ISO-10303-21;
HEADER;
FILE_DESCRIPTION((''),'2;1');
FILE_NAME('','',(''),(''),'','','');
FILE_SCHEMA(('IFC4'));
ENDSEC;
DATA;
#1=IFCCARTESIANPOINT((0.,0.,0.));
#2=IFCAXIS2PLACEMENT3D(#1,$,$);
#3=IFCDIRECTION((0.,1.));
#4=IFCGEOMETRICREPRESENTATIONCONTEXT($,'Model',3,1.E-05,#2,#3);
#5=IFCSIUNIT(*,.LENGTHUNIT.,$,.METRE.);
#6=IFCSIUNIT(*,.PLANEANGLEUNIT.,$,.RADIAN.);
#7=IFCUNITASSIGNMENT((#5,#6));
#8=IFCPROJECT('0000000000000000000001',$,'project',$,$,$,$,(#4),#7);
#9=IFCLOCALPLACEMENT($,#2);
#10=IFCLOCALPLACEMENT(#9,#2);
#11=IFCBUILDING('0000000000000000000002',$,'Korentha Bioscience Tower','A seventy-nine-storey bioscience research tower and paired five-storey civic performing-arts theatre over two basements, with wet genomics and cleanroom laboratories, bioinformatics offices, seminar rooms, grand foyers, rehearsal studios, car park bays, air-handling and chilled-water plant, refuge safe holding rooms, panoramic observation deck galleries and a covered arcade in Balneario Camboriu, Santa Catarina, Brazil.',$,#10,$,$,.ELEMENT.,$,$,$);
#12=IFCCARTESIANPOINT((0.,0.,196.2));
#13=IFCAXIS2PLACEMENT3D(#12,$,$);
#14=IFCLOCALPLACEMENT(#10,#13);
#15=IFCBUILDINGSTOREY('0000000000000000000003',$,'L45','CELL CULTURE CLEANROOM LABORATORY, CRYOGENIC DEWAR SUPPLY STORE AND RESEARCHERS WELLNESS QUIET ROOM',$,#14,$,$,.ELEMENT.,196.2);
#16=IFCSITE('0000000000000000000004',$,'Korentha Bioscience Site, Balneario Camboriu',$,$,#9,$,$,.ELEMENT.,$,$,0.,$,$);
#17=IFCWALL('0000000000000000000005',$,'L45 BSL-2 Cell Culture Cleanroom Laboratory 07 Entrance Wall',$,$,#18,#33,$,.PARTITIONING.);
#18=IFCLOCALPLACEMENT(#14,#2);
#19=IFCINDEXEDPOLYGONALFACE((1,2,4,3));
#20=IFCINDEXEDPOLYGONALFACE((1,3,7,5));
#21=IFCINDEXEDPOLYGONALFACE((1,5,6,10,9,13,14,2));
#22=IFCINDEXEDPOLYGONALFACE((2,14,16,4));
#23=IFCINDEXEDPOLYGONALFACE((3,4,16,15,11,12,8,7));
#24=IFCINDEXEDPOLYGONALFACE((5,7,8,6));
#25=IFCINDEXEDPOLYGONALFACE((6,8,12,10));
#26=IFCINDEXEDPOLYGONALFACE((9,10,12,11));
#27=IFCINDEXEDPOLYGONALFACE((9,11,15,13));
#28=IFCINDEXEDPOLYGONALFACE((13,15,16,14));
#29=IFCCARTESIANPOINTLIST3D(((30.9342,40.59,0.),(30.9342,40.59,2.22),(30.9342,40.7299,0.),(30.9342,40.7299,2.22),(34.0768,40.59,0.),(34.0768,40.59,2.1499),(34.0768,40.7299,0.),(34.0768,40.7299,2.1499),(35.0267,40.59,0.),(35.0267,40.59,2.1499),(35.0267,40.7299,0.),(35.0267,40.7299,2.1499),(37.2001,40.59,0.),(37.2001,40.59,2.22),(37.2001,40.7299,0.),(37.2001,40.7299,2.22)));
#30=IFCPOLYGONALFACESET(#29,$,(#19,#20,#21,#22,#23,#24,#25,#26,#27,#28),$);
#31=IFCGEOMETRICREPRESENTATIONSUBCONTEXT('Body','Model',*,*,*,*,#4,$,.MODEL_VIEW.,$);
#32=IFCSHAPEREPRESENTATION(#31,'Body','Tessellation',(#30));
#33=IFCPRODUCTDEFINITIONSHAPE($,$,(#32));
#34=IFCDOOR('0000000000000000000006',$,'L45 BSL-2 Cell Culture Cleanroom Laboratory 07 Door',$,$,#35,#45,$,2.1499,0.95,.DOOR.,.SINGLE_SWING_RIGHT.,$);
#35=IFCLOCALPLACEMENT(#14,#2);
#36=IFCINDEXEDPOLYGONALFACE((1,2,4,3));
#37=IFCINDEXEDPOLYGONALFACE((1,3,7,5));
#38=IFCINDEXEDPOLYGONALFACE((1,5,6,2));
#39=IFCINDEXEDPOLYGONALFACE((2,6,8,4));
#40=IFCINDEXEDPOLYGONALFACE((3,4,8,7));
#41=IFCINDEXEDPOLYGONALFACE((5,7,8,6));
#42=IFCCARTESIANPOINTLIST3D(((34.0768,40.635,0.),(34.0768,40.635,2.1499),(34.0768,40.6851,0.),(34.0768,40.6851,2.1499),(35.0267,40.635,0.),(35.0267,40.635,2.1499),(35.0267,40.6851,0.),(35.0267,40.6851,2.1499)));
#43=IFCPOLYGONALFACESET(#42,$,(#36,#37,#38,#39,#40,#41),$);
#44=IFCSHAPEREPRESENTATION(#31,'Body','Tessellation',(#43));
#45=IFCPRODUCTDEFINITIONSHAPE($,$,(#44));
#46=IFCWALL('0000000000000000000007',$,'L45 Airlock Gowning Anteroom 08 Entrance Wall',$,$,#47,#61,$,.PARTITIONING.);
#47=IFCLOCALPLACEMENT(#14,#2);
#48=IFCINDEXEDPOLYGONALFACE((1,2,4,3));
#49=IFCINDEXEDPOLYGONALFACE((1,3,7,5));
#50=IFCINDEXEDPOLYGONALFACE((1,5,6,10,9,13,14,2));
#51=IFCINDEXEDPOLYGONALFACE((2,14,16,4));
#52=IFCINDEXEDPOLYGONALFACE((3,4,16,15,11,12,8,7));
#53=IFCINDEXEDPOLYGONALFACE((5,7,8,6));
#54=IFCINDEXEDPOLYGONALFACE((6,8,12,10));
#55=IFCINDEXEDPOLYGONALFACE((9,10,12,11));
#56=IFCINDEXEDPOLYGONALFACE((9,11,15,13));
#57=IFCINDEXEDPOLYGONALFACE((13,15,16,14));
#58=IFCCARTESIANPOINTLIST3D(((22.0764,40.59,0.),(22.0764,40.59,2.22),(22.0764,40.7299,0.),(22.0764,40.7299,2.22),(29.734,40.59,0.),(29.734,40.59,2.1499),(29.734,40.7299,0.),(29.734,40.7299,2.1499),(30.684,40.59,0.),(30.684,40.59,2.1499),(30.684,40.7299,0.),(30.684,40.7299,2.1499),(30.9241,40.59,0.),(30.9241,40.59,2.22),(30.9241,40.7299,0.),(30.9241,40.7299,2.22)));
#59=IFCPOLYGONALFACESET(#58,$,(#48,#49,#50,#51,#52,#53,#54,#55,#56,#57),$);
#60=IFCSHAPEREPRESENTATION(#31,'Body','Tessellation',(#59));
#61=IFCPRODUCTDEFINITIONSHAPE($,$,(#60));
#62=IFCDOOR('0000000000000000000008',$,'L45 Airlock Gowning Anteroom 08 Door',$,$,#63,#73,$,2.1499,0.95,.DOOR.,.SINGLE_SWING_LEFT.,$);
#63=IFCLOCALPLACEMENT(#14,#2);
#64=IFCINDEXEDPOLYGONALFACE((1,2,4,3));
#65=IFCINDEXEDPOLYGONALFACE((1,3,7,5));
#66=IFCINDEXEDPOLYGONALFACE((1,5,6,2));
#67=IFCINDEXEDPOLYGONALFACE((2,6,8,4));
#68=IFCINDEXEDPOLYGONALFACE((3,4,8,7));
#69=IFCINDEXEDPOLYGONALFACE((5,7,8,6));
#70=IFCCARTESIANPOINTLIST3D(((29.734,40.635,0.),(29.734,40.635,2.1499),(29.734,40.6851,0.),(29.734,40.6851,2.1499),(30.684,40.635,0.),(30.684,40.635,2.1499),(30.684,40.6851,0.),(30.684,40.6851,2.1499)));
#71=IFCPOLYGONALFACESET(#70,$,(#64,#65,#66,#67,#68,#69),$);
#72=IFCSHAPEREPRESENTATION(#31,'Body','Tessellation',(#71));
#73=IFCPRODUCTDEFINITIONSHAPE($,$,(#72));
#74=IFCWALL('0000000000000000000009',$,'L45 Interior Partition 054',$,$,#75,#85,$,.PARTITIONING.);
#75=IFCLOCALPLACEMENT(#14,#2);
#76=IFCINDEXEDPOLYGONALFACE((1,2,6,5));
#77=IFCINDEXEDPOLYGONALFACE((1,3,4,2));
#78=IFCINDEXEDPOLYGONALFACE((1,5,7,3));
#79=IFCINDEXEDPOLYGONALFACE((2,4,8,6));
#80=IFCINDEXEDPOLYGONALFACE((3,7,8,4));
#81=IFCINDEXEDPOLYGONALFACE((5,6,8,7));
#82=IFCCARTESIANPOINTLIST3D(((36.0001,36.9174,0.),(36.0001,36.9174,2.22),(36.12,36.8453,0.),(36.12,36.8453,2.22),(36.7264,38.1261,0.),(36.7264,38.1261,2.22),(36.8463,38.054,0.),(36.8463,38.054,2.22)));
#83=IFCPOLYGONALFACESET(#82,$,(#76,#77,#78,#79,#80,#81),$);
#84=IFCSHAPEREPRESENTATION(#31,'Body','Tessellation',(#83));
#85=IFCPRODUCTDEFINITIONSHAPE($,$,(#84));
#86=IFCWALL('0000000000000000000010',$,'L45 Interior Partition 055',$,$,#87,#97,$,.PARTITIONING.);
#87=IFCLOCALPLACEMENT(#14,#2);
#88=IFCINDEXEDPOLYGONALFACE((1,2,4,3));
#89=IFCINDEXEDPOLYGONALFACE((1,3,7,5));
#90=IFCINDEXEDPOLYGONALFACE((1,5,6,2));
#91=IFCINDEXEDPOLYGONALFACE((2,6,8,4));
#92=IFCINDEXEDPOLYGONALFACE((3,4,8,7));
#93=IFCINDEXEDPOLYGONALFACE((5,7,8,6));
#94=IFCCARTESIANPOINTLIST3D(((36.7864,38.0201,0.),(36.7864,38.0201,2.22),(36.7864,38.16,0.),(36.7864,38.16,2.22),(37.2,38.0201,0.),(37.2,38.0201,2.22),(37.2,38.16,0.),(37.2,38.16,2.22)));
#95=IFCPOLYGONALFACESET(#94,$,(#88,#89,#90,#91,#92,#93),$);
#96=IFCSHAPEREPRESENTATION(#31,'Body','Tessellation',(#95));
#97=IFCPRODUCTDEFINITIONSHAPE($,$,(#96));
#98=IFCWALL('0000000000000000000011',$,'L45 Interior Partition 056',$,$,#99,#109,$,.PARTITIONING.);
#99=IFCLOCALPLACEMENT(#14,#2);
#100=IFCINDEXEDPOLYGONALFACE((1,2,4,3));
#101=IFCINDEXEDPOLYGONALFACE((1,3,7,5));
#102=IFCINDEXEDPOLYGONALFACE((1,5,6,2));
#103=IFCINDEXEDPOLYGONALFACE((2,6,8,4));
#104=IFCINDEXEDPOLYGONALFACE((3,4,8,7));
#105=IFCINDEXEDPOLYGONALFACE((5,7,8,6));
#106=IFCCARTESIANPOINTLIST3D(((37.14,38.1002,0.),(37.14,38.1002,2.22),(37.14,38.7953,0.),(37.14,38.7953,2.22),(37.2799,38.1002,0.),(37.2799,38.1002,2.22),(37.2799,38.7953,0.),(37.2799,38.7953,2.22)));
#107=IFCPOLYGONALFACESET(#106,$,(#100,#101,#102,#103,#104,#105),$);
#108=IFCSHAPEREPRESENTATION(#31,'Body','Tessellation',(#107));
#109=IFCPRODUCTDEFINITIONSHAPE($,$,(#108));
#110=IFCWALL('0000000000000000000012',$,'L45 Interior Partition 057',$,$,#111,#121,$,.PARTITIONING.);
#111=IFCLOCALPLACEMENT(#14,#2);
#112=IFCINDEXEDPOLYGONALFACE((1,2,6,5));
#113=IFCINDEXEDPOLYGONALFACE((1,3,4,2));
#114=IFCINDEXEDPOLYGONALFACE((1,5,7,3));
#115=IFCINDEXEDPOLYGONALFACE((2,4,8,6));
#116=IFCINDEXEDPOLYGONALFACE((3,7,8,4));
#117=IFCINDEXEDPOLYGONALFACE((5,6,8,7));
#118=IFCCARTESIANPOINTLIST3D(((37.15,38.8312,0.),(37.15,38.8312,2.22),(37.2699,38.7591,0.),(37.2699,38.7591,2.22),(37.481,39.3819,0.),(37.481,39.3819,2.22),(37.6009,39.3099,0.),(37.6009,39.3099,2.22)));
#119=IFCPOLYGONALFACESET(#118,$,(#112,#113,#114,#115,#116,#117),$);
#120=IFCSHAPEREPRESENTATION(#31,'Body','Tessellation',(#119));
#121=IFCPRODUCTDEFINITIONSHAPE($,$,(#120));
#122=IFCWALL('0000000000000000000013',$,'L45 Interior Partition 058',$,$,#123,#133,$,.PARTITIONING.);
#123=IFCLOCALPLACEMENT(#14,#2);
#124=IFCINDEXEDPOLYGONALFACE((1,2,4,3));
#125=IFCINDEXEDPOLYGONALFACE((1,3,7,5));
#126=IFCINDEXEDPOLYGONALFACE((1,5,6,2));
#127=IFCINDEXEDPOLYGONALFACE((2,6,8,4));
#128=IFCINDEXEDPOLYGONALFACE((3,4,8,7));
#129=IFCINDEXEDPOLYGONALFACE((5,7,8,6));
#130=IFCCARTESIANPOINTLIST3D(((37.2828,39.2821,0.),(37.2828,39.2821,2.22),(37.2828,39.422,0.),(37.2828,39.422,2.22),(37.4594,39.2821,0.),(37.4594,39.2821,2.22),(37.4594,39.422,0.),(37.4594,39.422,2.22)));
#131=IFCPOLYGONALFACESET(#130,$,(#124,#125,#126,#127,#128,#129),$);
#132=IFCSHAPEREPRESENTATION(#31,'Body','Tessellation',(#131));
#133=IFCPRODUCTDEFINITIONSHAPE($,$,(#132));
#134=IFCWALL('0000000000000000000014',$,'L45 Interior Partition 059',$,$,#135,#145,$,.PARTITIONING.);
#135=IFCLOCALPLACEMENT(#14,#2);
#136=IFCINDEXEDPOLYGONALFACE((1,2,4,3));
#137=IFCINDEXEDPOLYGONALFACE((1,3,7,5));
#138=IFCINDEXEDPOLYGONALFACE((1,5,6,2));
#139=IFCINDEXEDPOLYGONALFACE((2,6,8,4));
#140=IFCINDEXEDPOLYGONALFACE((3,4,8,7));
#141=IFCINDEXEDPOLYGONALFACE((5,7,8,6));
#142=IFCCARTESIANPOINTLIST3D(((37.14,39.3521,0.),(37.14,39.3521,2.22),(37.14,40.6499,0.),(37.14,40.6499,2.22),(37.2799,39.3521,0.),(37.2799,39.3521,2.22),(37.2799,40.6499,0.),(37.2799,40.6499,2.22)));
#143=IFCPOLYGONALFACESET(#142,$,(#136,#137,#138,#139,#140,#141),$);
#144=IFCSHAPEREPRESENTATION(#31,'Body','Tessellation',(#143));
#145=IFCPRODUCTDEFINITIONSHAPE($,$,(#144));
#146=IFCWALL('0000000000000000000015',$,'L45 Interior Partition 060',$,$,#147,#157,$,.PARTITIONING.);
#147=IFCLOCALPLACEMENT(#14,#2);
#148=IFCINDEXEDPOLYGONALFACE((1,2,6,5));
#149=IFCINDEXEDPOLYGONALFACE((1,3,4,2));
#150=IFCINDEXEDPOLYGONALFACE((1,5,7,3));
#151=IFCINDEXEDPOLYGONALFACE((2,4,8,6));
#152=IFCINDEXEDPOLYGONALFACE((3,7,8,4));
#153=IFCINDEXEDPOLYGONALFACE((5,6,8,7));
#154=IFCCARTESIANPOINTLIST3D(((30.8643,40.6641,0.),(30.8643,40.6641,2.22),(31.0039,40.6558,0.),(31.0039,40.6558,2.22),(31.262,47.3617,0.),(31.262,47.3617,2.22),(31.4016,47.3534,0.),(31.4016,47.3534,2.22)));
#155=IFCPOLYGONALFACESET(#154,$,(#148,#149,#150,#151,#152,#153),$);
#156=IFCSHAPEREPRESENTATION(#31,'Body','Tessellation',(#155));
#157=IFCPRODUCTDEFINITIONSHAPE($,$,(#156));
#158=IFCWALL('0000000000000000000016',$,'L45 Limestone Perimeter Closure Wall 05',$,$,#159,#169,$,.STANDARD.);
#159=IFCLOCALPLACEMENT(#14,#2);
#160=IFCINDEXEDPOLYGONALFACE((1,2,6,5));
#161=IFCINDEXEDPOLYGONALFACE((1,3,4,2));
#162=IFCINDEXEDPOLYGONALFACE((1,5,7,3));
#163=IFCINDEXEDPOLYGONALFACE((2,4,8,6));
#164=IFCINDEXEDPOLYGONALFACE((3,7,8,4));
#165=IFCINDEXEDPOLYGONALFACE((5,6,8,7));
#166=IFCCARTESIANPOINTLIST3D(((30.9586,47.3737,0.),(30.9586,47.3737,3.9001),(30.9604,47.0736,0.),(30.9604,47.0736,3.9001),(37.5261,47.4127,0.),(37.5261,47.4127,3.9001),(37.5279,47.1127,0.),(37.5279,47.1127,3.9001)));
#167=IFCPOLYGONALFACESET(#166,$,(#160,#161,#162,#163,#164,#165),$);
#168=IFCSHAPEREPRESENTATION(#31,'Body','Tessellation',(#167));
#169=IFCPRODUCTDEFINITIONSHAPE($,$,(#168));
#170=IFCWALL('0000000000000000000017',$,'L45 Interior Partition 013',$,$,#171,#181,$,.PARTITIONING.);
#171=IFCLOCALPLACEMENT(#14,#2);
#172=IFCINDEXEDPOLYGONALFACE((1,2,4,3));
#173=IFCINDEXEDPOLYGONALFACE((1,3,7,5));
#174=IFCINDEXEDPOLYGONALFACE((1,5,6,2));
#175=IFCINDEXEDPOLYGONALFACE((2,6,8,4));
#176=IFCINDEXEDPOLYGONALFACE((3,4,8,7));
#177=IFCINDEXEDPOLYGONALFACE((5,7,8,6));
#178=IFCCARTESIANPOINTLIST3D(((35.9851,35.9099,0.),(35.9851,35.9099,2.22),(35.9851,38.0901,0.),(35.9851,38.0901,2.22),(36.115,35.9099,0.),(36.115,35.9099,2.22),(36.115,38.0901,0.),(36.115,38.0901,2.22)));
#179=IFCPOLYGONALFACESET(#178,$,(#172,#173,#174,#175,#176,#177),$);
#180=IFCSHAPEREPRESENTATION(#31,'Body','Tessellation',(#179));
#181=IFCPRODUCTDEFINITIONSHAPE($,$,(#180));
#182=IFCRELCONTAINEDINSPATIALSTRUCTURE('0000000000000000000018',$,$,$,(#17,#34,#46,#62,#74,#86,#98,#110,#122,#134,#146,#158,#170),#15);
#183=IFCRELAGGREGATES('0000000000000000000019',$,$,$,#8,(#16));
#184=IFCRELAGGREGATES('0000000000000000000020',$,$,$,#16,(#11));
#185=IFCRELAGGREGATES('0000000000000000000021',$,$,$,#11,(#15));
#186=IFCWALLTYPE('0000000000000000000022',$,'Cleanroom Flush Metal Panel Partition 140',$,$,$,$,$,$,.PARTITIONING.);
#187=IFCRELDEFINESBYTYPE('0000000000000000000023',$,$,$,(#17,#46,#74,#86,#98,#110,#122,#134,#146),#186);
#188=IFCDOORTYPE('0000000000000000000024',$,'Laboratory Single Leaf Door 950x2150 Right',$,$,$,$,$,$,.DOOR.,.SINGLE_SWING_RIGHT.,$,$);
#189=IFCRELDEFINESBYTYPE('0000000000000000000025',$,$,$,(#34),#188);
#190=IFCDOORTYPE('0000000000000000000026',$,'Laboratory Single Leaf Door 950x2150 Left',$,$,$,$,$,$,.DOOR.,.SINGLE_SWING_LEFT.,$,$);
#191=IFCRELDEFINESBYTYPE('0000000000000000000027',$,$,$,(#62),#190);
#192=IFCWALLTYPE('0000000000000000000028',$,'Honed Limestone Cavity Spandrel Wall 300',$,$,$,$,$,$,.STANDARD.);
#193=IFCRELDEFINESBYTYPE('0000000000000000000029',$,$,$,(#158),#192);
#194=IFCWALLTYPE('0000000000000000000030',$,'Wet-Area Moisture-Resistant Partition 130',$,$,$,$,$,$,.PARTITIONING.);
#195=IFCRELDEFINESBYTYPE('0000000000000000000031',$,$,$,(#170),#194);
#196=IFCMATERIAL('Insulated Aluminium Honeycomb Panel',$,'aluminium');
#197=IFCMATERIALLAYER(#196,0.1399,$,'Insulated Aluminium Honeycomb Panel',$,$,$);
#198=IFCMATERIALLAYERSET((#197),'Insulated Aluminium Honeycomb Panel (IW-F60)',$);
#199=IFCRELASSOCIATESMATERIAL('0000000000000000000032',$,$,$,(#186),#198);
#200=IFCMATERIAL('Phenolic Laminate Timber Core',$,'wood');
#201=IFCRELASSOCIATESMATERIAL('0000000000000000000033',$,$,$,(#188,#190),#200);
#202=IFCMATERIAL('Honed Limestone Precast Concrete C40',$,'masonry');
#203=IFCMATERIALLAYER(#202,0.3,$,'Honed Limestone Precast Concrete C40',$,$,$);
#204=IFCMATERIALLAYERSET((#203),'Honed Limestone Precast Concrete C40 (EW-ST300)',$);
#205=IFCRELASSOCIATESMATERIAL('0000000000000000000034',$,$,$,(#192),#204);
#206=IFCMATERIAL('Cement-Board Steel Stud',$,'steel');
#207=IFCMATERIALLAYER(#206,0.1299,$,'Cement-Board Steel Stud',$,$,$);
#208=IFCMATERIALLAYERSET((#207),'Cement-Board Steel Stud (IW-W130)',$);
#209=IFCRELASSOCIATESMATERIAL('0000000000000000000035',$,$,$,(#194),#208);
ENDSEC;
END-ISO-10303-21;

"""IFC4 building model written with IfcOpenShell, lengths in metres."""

from ifc_helpers import new_model, si_unit, direction, frame, frame_2d, origin, place, context, subcontext, project, spatial, rectangle, extrude, material, layer, layer_set, type_object, element, fill, save


model = new_model("IFC4")

# Units and contexts
model_context = context("Model", 3, precision=1e-05, world=origin(), true_north=direction((0.0, 1.0)))
body_context = subcontext(model_context, "Body", "Model", "MODEL_VIEW")
ifc_project = project(units=[si_unit("LENGTHUNIT", "METRE"), si_unit("PLANEANGLEUNIT", "RADIAN")], contexts=[model_context])

# Site, building, storey
site_placement = place(None, origin())
site = spatial("IfcSite", under=ifc_project, at=site_placement, Name="Korentha Bioscience Site, Balneario Camboriu", CompositionType="ELEMENT", RefElevation=0.0)
building_placement = place(site_placement, origin())
building = spatial("IfcBuilding", under=site, at=building_placement, Name="Korentha Bioscience Tower", Description="A seventy-nine-storey bioscience research tower and paired five-storey civic performing-arts theatre over two basements, with wet genomics and cleanroom laboratories, bioinformatics offices, seminar rooms, grand foyers, rehearsal studios, car park bays, air-handling and chilled-water plant, refuge safe holding rooms, panoramic observation deck galleries and a covered arcade in Balneario Camboriu, Santa Catarina, Brazil.", CompositionType="ELEMENT")
storey_placement = place(building_placement, frame((0.0, 0.0, 196.2)))
storey = spatial("IfcBuildingStorey", under=building, at=storey_placement, Name="L45", Description="CELL CULTURE CLEANROOM LABORATORY, CRYOGENIC DEWAR SUPPLY STORE AND RESEARCHERS WELLNESS QUIET ROOM", CompositionType="ELEMENT", Elevation=196.2)

# Walls, openings, doors
ifc_material_1 = material(Name="Insulated Aluminium Honeycomb Panel", Category="aluminium")
ifc_layer_1 = layer(ifc_material_1, 0.1399, Name="Insulated Aluminium Honeycomb Panel")
ifc_layer_set_1 = layer_set([ifc_layer_1], Name="Insulated Aluminium Honeycomb Panel (IW-F60)")
wall_type_1 = type_object("IfcWallType", Name="Cleanroom Flush Metal Panel Partition 140", PredefinedType="PARTITIONING", material=ifc_layer_set_1)
wall_1_placement = place(storey_placement, frame((37.2, 40.6599, 0.0), z_axis=(0.0, 0.0, 1.0), x_axis=(-1.0, 0.0, 0.0)))
wall_1 = element("IfcWall", 1, at=wall_1_placement, inside=storey, type_object=wall_type_1, Name="L45 BSL-2 Cell Culture Cleanroom Laboratory 07 Entrance Wall", PredefinedType="PARTITIONING", context=body_context, shape_type="SweptSolid", body=[
    extrude(rectangle(XDim=6.2659, YDim=0.1399, at=frame_2d((3.1328, 0.0))), origin(), (0.0, 0.0, 1.0), 2.22),
])
opening_1_placement = place(wall_1_placement, frame((2.1731, 0.0, 0.0)))
opening_1 = element("IfcOpeningElement", 2, at=opening_1_placement, cuts=wall_1, PredefinedType="OPENING", context=body_context, shape_type="SweptSolid", body=[
    extrude(rectangle(XDim=0.95, YDim=2.1499, at=frame_2d((0.4751, 1.075))), frame((0.0, 0.085, 0.0), z_axis=(0.0, -1.0, 0.0), x_axis=(1.0, 0.0, 0.0)), (0.0, 0.0, 1.0), 0.1697),
])
ifc_material_2 = material(Name="Phenolic Laminate Timber Core", Category="wood")
door_type_1 = type_object("IfcDoorType", Name="Laboratory Single Leaf Door 950x2150 Right", OperationType="SINGLE_SWING_RIGHT", PredefinedType="DOOR", material=ifc_material_2)
door_1_placement = place(opening_1_placement, origin())
door_1 = element("IfcDoor", 3, at=door_1_placement, inside=storey, type_object=door_type_1, Name="L45 BSL-2 Cell Culture Cleanroom Laboratory 07 Door", OperationType="SINGLE_SWING_RIGHT", OverallHeight=2.1499, OverallWidth=0.95, PredefinedType="DOOR", context=body_context, shape_type="SweptSolid", body=[
    extrude(rectangle(XDim=0.95, YDim=2.1499, at=frame_2d((0.4751, 1.075))), frame((0.0, 0.0249, 0.0), z_axis=(0.0, -1.0, 0.0), x_axis=(1.0, 0.0, 0.0)), (0.0, 0.0, 1.0), 0.05),
])
fill(opening_1, door_1)
wall_2_placement = place(storey_placement, frame((30.9241, 40.6599, 0.0), z_axis=(0.0, 0.0, 1.0), x_axis=(-1.0, 0.0, 0.0)))
wall_2 = element("IfcWall", 4, at=wall_2_placement, inside=storey, type_object=wall_type_1, Name="L45 Airlock Gowning Anteroom 08 Entrance Wall", PredefinedType="PARTITIONING", context=body_context, shape_type="SweptSolid", body=[
    extrude(rectangle(XDim=8.8477, YDim=0.1399, at=frame_2d((4.4238, 0.0))), origin(), (0.0, 0.0, 1.0), 2.22),
])
opening_2_placement = place(wall_2_placement, frame((0.24, 0.0, 0.0)))
opening_2 = element("IfcOpeningElement", 5, at=opening_2_placement, cuts=wall_2, PredefinedType="OPENING", context=body_context, shape_type="SweptSolid", body=[
    extrude(rectangle(XDim=0.95, YDim=2.1499, at=frame_2d((0.4751, 1.075))), frame((0.0, 0.085, 0.0), z_axis=(0.0, -1.0, 0.0), x_axis=(1.0, 0.0, 0.0)), (0.0, 0.0, 1.0), 0.1697),
])
door_type_2 = type_object("IfcDoorType", Name="Laboratory Single Leaf Door 950x2150 Left", OperationType="SINGLE_SWING_LEFT", PredefinedType="DOOR", material=ifc_material_2)
door_2_placement = place(opening_2_placement, origin())
door_2 = element("IfcDoor", 6, at=door_2_placement, inside=storey, type_object=door_type_2, Name="L45 Airlock Gowning Anteroom 08 Door", OperationType="SINGLE_SWING_LEFT", OverallHeight=2.1499, OverallWidth=0.95, PredefinedType="DOOR", context=body_context, shape_type="SweptSolid", body=[
    extrude(rectangle(XDim=0.95, YDim=2.1499, at=frame_2d((0.4751, 1.075))), frame((0.0, 0.0249, 0.0), z_axis=(0.0, -1.0, 0.0), x_axis=(1.0, 0.0, 0.0)), (0.0, 0.0, 1.0), 0.05),
])
fill(opening_2, door_2)

# Walls
wall_3_placement = place(storey_placement, frame((36.0601, 36.8813, 0.0), z_axis=(0.0, 0.0, 1.0), x_axis=(0.515056, 0.857157, 0.0)))
element("IfcWall", 7, at=wall_3_placement, inside=storey, type_object=wall_type_1, Name="L45 Interior Partition 054", PredefinedType="PARTITIONING", context=body_context, shape_type="SweptSolid", body=[
    extrude(rectangle(XDim=1.4102, YDim=0.1399, at=frame_2d((0.7051, 0.0))), origin(), (0.0, 0.0, 1.0), 2.22),
])
wall_4_placement = place(storey_placement, frame((36.7864, 38.0901, 0.0), z_axis=(0.0, 0.0, 1.0), x_axis=(1.0, 0.0, 0.0)))
element("IfcWall", 8, at=wall_4_placement, inside=storey, type_object=wall_type_1, Name="L45 Interior Partition 055", PredefinedType="PARTITIONING", context=body_context, shape_type="SweptSolid", body=[
    extrude(rectangle(XDim=0.4136, YDim=0.1399, at=frame_2d((0.2068, 0.0))), origin(), (0.0, 0.0, 1.0), 2.22),
])
wall_5_placement = place(storey_placement, frame((37.21, 38.1001, 0.0), z_axis=(0.0, 0.0, 1.0), x_axis=(0.0, 1.0, 0.0)))
element("IfcWall", 9, at=wall_5_placement, inside=storey, type_object=wall_type_1, Name="L45 Interior Partition 056", PredefinedType="PARTITIONING", context=body_context, shape_type="SweptSolid", body=[
    extrude(rectangle(XDim=0.6951, YDim=0.1399, at=frame_2d((0.3477, 0.0))), origin(), (0.0, 0.0, 1.0), 2.22),
])
wall_6_placement = place(storey_placement, frame((37.21, 38.7952, 0.0), z_axis=(0.0, 0.0, 1.0), x_axis=(0.515166, 0.85709, 0.0)))
element("IfcWall", 10, at=wall_6_placement, inside=storey, type_object=wall_type_1, Name="L45 Interior Partition 057", PredefinedType="PARTITIONING", context=body_context, shape_type="SweptSolid", body=[
    extrude(rectangle(XDim=0.6426, YDim=0.1399, at=frame_2d((0.3213, 0.0))), origin(), (0.0, 0.0, 1.0), 2.22),
])
wall_7_placement = place(storey_placement, frame((37.4595, 39.3521, 0.0), z_axis=(0.0, 0.0, 1.0), x_axis=(-1.0, 0.0, 0.0)))
element("IfcWall", 11, at=wall_7_placement, inside=storey, type_object=wall_type_1, Name="L45 Interior Partition 058", PredefinedType="PARTITIONING", context=body_context, shape_type="SweptSolid", body=[
    extrude(rectangle(XDim=0.1765, YDim=0.1399, at=frame_2d((0.0884, 0.0))), origin(), (0.0, 0.0, 1.0), 2.22),
])
wall_8_placement = place(storey_placement, frame((37.21, 39.3521, 0.0), z_axis=(0.0, 0.0, 1.0), x_axis=(0.0, 1.0, 0.0)))
element("IfcWall", 12, at=wall_8_placement, inside=storey, type_object=wall_type_1, Name="L45 Interior Partition 059", PredefinedType="PARTITIONING", context=body_context, shape_type="SweptSolid", body=[
    extrude(rectangle(XDim=1.2979, YDim=0.1399, at=frame_2d((0.6489, 0.0))), origin(), (0.0, 0.0, 1.0), 2.22),
])
wall_9_placement = place(storey_placement, frame((30.9341, 40.6599, 0.0), z_axis=(0.0, 0.0, 1.0), x_axis=(0.059274, 0.998242, 0.0)))
element("IfcWall", 13, at=wall_9_placement, inside=storey, type_object=wall_type_1, Name="L45 Interior Partition 060", PredefinedType="PARTITIONING", context=body_context, shape_type="SweptSolid", body=[
    extrude(rectangle(XDim=6.7095, YDim=0.1399, at=frame_2d((3.3547, 0.0))), origin(), (0.0, 0.0, 1.0), 2.22),
])
ifc_material_3 = material(Name="Honed Limestone Precast Concrete C40", Category="masonry")
ifc_layer_2 = layer(ifc_material_3, 0.3, Name="Honed Limestone Precast Concrete C40")
ifc_layer_set_2 = layer_set([ifc_layer_2], Name="Honed Limestone Precast Concrete C40 (EW-ST300)")
wall_type_2 = type_object("IfcWallType", Name="Honed Limestone Cavity Spandrel Wall 300", PredefinedType="STANDARD", material=ifc_layer_set_2)
wall_10_placement = place(storey_placement, frame((37.5269, 47.2627, 0.0), z_axis=(0.0, 0.0, 1.0), x_axis=(-0.999982, -0.005948, 0.0)))
element("IfcWall", 14, at=wall_10_placement, inside=storey, type_object=wall_type_2, Name="L45 Limestone Perimeter Closure Wall 05", PredefinedType="STANDARD", context=body_context, shape_type="SweptSolid", body=[
    extrude(rectangle(XDim=6.5676, YDim=0.3, at=frame_2d((3.2837, 0.0))), origin(), (0.0, 0.0, 1.0), 3.9001),
])

# Shared definitions
ifc_material_4 = material(Name="Cement-Board Steel Stud", Category="steel")
ifc_layer_3 = layer(ifc_material_4, 0.1299, Name="Cement-Board Steel Stud")
ifc_layer_set_3 = layer_set([ifc_layer_3], Name="Cement-Board Steel Stud (IW-W130)")
wall_type_3 = type_object("IfcWallType", Name="Wet-Area Moisture-Resistant Partition 130", PredefinedType="PARTITIONING", material=ifc_layer_set_3)

# Wall
wall_11_placement = place(storey_placement, frame((36.05, 38.0901, 0.0), z_axis=(0.0, 0.0, 1.0), x_axis=(0.0, -1.0, 0.0)))
element("IfcWall", 15, at=wall_11_placement, inside=storey, type_object=wall_type_3, Name="L45 Interior Partition 013", PredefinedType="PARTITIONING", context=body_context, shape_type="SweptSolid", body=[
    extrude(rectangle(XDim=2.1802, YDim=0.1299, at=frame_2d((1.0901, 0.0))), origin(), (0.0, 0.0, 1.0), 2.22),
])

save(model, "model.ifc")
